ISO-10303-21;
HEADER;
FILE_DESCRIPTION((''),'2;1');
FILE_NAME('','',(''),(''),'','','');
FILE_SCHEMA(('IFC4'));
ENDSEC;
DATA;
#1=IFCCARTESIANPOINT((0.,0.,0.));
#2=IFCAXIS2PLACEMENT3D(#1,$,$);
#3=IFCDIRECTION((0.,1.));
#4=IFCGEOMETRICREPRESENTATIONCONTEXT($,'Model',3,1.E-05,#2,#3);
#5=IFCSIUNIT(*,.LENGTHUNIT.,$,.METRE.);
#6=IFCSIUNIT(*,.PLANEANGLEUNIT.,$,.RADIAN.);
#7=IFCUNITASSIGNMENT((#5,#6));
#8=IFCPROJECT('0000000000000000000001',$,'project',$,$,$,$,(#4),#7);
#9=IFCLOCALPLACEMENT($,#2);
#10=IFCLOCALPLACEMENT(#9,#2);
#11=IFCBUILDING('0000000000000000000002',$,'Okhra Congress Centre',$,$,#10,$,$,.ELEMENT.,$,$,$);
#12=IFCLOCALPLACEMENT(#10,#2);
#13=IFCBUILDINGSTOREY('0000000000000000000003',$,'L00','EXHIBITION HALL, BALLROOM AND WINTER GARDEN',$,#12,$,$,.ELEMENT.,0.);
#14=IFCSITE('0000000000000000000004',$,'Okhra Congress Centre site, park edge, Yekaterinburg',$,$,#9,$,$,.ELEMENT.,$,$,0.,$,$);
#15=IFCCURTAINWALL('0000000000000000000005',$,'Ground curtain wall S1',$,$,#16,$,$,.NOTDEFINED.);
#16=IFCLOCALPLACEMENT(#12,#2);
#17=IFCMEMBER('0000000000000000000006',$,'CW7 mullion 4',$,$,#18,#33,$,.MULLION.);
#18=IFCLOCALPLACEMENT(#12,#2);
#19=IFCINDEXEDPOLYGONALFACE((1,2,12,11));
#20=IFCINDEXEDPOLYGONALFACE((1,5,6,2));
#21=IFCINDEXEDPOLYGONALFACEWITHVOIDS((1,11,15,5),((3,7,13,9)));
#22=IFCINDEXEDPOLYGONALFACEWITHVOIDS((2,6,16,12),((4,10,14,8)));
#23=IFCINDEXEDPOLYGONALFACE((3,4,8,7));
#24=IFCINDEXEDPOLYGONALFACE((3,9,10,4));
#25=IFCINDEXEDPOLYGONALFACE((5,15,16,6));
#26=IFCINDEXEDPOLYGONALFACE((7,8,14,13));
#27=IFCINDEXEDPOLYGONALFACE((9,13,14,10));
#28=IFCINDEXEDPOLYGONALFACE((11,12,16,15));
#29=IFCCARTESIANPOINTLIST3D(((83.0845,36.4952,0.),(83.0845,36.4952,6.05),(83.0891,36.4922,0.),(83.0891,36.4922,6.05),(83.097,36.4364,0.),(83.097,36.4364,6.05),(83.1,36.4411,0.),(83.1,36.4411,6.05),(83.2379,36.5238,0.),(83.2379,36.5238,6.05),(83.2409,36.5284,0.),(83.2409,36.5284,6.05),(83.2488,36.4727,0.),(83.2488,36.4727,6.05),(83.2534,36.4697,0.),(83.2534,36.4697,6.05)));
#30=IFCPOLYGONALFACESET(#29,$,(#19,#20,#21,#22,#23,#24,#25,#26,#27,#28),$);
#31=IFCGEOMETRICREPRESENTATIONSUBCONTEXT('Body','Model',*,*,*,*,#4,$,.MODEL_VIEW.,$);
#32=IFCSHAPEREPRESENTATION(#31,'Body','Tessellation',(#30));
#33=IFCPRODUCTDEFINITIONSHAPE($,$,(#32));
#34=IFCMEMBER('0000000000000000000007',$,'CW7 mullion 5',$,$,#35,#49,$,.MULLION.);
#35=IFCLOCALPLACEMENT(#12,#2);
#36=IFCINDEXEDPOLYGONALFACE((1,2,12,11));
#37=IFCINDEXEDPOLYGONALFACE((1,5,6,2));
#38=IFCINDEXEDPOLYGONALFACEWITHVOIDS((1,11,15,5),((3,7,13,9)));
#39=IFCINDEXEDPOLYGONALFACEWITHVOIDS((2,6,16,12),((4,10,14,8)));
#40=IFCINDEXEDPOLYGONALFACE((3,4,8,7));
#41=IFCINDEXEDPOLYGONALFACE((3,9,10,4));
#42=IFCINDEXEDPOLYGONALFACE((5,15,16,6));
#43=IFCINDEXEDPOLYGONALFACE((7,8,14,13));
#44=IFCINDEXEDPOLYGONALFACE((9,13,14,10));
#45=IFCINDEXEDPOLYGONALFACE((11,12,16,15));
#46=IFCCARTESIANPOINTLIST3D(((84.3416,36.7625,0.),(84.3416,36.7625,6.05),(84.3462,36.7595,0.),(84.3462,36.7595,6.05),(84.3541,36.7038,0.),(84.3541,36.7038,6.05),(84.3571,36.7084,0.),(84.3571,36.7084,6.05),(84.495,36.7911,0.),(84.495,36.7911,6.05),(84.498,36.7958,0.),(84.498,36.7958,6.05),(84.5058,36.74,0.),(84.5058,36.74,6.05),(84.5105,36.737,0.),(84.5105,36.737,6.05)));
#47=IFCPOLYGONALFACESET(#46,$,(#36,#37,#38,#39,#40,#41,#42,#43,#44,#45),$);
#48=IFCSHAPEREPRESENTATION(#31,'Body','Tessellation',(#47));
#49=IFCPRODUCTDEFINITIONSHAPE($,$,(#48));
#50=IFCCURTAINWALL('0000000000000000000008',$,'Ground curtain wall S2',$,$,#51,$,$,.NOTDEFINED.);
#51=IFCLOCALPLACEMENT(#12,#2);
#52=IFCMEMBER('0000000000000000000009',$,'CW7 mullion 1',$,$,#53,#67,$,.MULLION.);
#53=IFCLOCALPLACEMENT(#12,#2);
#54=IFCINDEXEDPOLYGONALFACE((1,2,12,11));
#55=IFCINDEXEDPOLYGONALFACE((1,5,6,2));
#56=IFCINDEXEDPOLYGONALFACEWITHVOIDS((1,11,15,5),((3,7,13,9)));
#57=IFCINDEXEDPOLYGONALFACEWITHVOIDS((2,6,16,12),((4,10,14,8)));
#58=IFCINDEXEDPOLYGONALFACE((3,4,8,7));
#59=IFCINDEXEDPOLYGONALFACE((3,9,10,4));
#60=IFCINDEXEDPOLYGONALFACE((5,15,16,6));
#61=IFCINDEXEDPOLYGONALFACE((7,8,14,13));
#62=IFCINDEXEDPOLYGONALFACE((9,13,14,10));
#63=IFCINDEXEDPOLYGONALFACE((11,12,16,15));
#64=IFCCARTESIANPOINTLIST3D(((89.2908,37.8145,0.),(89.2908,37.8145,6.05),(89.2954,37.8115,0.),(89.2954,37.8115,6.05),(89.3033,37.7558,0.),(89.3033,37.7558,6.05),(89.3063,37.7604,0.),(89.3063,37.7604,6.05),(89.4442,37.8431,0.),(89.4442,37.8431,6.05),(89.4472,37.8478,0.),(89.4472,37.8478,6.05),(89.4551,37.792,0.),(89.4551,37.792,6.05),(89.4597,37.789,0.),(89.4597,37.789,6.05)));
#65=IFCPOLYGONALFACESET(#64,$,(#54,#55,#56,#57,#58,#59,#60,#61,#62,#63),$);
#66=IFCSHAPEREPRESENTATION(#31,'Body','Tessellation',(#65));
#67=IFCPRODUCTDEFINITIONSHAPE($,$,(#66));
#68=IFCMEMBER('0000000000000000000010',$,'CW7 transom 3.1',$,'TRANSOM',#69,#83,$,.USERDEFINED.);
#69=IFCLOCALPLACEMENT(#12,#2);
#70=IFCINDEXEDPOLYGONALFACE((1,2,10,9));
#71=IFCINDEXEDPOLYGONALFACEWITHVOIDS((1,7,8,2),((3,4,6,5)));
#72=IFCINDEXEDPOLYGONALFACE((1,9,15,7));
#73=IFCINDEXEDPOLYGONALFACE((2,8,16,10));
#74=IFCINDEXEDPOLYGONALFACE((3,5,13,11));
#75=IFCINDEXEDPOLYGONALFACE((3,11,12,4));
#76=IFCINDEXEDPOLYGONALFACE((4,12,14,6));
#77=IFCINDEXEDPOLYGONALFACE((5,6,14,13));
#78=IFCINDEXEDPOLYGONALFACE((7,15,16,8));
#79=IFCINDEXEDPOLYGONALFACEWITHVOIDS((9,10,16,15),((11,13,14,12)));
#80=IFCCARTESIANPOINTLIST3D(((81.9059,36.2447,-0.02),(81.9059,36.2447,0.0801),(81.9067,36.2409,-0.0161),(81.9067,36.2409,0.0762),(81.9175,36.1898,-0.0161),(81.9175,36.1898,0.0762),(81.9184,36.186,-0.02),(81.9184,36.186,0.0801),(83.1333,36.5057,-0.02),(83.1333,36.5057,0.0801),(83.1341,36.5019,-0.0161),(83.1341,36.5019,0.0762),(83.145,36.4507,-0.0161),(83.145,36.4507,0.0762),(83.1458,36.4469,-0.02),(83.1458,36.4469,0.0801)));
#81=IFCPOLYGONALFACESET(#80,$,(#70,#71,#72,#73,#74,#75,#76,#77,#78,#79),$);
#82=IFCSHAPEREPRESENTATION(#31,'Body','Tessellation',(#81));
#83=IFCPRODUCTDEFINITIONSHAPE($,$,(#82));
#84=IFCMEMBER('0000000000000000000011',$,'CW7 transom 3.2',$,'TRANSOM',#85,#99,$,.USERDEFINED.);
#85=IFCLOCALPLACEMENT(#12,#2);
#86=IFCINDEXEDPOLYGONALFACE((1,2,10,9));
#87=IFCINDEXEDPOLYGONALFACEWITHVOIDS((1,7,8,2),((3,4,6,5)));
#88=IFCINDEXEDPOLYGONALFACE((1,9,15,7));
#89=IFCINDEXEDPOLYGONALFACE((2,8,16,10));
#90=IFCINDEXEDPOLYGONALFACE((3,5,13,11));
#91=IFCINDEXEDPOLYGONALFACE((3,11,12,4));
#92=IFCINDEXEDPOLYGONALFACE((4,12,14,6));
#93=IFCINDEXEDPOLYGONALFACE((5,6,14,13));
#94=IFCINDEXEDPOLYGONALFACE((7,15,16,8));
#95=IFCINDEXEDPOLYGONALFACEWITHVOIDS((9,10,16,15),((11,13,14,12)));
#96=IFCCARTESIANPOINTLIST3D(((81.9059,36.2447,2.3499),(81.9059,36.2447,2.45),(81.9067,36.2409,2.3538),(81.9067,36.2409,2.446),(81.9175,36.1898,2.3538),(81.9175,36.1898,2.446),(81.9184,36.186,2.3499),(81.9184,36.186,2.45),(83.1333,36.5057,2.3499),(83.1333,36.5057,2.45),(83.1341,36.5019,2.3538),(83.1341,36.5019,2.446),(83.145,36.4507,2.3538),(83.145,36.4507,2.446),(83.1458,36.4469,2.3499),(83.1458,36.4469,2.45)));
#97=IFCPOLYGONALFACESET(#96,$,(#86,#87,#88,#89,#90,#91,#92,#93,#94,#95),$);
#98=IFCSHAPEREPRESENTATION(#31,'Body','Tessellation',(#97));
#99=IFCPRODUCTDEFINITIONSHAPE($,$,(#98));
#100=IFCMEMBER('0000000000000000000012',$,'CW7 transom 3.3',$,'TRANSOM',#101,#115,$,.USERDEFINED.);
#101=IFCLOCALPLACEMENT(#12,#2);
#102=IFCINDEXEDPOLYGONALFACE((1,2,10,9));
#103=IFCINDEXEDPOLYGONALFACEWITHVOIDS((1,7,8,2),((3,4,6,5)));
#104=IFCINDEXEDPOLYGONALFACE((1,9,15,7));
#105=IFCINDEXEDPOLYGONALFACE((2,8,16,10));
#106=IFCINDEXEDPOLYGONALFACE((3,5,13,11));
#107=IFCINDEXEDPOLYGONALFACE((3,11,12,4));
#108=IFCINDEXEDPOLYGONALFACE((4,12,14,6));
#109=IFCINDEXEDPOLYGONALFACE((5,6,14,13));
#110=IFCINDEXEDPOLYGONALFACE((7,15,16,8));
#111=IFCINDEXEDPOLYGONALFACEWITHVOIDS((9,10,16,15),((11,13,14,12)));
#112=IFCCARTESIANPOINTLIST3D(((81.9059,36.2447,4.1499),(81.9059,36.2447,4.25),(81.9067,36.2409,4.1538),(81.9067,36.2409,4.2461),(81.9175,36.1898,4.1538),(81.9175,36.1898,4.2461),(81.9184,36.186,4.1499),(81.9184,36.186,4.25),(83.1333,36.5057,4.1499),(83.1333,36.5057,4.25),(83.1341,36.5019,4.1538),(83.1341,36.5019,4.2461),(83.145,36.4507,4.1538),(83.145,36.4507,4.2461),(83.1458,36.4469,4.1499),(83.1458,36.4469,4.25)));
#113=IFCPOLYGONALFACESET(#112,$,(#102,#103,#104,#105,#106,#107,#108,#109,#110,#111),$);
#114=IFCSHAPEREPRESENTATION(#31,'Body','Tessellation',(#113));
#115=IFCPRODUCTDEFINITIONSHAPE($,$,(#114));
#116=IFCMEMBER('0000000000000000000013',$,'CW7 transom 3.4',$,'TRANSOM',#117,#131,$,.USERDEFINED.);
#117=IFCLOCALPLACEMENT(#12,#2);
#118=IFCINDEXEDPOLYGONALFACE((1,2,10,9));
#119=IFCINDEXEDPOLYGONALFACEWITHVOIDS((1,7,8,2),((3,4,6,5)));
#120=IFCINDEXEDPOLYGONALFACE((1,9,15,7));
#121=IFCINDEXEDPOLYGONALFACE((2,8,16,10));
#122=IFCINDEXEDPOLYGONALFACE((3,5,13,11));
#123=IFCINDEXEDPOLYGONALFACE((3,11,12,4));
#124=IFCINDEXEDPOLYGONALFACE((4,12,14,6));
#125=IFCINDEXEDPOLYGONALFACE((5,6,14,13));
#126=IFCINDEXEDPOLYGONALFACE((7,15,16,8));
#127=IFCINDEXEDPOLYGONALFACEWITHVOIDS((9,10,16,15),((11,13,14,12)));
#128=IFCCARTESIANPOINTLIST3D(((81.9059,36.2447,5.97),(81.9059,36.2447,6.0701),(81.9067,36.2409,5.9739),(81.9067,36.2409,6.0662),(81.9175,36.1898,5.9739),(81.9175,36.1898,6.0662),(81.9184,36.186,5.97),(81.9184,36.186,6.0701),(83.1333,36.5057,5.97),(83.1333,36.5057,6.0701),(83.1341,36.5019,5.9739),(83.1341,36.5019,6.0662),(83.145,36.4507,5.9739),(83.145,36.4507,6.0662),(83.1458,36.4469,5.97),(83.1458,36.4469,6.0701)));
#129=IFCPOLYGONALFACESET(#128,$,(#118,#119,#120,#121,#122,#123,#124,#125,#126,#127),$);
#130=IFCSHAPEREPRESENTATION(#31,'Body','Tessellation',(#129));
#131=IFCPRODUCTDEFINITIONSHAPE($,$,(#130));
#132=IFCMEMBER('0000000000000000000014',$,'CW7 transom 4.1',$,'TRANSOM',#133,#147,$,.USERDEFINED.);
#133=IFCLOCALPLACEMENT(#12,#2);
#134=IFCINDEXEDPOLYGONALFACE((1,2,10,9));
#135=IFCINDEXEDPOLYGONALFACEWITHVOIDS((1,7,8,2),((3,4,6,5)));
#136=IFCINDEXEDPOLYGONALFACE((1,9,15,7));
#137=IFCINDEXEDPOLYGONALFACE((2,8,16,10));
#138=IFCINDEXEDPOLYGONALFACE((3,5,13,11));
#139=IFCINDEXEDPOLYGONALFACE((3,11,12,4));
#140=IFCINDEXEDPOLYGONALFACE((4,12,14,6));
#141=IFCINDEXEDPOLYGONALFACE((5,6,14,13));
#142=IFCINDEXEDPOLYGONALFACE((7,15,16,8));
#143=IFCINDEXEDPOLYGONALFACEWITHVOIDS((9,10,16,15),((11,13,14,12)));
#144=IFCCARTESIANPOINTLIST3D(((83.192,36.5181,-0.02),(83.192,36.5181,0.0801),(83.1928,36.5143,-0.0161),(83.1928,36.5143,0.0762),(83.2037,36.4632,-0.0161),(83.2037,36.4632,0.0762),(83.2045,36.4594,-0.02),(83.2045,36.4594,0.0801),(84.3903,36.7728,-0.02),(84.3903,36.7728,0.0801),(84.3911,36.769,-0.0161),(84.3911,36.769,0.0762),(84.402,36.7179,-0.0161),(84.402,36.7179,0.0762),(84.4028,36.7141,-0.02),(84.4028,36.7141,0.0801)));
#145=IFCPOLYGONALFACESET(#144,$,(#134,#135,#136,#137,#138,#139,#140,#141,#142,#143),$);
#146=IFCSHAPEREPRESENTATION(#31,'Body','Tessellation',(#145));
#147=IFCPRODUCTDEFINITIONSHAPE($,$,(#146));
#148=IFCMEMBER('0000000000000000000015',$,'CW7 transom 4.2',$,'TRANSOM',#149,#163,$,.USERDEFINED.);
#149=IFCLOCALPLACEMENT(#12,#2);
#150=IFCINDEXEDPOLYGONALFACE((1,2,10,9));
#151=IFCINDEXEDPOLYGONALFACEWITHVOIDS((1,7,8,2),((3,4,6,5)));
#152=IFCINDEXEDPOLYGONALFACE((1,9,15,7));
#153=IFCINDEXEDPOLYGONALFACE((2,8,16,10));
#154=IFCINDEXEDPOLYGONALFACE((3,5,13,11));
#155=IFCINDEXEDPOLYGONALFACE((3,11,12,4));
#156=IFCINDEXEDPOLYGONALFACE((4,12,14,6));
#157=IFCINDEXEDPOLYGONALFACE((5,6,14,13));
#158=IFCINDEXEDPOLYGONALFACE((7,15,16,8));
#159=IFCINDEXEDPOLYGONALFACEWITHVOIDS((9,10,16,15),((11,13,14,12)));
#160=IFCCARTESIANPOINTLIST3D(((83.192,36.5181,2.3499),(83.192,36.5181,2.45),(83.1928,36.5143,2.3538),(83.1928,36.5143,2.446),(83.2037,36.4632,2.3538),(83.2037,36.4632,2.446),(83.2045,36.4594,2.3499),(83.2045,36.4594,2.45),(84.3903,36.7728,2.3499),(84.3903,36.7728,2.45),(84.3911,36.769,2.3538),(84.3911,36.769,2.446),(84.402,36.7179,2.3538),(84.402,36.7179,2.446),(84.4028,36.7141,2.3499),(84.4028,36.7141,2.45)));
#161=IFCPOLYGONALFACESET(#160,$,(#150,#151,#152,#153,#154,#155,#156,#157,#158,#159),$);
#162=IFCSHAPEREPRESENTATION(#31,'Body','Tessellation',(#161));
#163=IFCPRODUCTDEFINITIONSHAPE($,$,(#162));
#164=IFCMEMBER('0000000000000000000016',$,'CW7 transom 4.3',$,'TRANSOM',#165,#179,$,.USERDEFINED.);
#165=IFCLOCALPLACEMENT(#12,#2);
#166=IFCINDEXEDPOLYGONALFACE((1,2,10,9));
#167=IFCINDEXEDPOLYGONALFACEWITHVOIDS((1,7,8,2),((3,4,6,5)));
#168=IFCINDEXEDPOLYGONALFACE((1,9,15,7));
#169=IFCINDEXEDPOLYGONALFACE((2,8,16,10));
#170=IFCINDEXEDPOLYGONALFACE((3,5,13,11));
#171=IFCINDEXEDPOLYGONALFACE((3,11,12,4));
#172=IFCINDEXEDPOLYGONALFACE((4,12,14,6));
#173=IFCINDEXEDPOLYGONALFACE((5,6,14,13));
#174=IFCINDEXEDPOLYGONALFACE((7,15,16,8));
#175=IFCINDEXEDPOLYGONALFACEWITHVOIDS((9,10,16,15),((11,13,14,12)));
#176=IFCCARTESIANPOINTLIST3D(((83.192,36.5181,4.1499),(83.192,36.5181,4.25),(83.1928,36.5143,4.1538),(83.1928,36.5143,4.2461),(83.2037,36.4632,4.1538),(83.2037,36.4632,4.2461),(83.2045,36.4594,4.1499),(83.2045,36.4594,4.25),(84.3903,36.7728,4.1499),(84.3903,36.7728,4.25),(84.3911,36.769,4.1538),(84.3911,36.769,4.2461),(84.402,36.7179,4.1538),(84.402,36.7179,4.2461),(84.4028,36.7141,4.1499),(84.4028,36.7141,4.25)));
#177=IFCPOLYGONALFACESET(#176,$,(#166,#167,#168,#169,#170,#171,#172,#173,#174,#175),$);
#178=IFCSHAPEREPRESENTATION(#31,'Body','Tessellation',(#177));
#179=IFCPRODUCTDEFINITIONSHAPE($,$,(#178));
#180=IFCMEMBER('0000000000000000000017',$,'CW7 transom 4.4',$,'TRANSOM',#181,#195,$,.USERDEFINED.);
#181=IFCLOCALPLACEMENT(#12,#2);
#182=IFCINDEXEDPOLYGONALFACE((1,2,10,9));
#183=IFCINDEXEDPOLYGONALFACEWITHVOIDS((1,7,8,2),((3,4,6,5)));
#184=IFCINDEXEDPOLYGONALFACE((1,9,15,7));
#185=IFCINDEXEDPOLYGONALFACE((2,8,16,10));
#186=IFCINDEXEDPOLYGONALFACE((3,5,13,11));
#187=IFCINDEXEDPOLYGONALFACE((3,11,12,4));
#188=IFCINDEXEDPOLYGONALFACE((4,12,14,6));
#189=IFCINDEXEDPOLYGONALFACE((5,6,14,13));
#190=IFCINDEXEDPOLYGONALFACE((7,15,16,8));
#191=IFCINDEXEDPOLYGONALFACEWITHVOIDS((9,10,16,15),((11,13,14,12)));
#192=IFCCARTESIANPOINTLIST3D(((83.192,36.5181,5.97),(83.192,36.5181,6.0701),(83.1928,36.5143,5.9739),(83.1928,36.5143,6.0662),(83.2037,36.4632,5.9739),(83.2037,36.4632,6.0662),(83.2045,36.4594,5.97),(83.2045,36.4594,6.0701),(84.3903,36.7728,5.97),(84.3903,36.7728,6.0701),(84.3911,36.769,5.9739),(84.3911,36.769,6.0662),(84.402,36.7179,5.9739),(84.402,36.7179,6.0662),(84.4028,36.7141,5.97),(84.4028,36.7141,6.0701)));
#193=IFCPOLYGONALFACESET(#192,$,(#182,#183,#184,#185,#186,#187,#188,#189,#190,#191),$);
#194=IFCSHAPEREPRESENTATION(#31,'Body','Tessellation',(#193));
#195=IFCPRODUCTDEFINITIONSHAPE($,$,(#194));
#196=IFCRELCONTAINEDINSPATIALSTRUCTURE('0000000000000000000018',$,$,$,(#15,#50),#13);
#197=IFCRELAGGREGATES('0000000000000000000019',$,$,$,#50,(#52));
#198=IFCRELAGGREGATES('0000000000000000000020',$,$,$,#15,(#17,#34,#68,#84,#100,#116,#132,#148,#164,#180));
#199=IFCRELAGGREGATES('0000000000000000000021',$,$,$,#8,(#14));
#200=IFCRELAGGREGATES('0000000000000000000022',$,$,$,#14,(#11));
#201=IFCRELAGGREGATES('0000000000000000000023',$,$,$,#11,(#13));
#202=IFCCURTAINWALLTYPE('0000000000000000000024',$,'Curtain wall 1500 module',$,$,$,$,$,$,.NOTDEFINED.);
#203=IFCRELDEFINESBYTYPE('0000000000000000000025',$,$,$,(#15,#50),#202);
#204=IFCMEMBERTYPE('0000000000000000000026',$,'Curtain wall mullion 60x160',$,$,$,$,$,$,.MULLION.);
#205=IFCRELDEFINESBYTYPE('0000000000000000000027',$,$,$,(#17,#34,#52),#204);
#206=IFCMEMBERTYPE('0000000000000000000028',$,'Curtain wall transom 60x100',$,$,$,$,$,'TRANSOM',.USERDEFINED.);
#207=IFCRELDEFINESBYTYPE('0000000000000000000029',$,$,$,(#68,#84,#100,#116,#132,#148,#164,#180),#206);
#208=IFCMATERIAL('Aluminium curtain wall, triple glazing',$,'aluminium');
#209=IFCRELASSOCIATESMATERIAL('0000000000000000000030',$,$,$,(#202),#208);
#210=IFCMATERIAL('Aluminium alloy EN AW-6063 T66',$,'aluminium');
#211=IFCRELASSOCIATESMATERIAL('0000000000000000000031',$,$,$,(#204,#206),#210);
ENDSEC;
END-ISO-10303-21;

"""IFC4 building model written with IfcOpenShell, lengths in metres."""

from ifc_helpers import new_model, si_unit, direction, frame, origin, origin_2d, place, context, subcontext, project, spatial, hollow_rectangle, extrude, material, material_profile, profile_set, type_object, element, aggregate, save


model = new_model("IFC4")

# Units and contexts
model_context = context("Model", 3, precision=1e-05, world=origin(), true_north=direction((0.0, 1.0)))
body_context = subcontext(model_context, "Body", "Model", "MODEL_VIEW")
ifc_project = project(units=[si_unit("LENGTHUNIT", "METRE"), si_unit("PLANEANGLEUNIT", "RADIAN")], contexts=[model_context])

# Site, building, storey
site_placement = place(None, origin())
site = spatial("IfcSite", under=ifc_project, at=site_placement, Name="Okhra Congress Centre site, park edge, Yekaterinburg", CompositionType="ELEMENT", RefElevation=0.0)
building_placement = place(site_placement, origin())
building = spatial("IfcBuilding", under=site, at=building_placement, Name="Okhra Congress Centre", CompositionType="ELEMENT")
storey_placement = place(building_placement, origin())
storey = spatial("IfcBuildingStorey", under=building, at=storey_placement, Name="L00", Description="EXHIBITION HALL, BALLROOM AND WINTER GARDEN", CompositionType="ELEMENT", Elevation=0.0)

# Curtain wall, members
ifc_material_1 = material(Name="Aluminium curtain wall, triple glazing", Category="aluminium")
curtain_wall_type = type_object("IfcCurtainWallType", Name="Curtain wall 1500 module", PredefinedType="NOTDEFINED", material=ifc_material_1)
curtain_wall_1_placement = place(storey_placement, origin())
curtain_wall_1 = element("IfcCurtainWall", 1, at=curtain_wall_1_placement, inside=storey, type_object=curtain_wall_type, Name="Ground curtain wall S1", PredefinedType="NOTDEFINED")
ifc_material_2 = material(Name="Aluminium alloy EN AW-6063 T66", Category="aluminium")
ifc_material_profile_1 = material_profile(ifc_material_2, hollow_rectangle(XDim=0.0601, YDim=0.1599, WallThickness=0.0039, at=origin_2d()), Name="RHS 60x160x4")
ifc_profile_set_1 = profile_set([ifc_material_profile_1], Name="Aluminium alloy EN AW-6063 T66")
member_type_1 = type_object("IfcMemberType", Name="Curtain wall mullion 60x160", PredefinedType="MULLION", material=ifc_profile_set_1)
member_1_placement = place(storey_placement, frame((83.1689, 36.4824, 0.0), z_axis=(0.0, 0.0, 1.0), x_axis=(-0.207912, 0.978148, 0.0)))
member_1 = element("IfcMember", 2, at=member_1_placement, type_object=member_type_1, Name="CW7 mullion 4", PredefinedType="MULLION", context=body_context, shape_type="SweptSolid", body=[
    extrude(hollow_rectangle(XDim=0.0601, YDim=0.1599, WallThickness=0.0039, at=origin_2d()), origin(), (0.0, 0.0, 1.0), 6.05),
])
member_2_placement = place(storey_placement, frame((84.426, 36.7498, 0.0), z_axis=(0.0, 0.0, 1.0), x_axis=(-0.207912, 0.978148, 0.0)))
member_2 = element("IfcMember", 3, at=member_2_placement, type_object=member_type_1, Name="CW7 mullion 5", PredefinedType="MULLION", context=body_context, shape_type="SweptSolid", body=[
    extrude(hollow_rectangle(XDim=0.0601, YDim=0.1599, WallThickness=0.0039, at=origin_2d()), origin(), (0.0, 0.0, 1.0), 6.05),
])

# Curtain wall, member
curtain_wall_2_placement = place(storey_placement, origin())
curtain_wall_2 = element("IfcCurtainWall", 4, at=curtain_wall_2_placement, inside=storey, type_object=curtain_wall_type, Name="Ground curtain wall S2", PredefinedType="NOTDEFINED")
member_3_placement = place(storey_placement, frame((89.3752, 37.8018, 0.0), z_axis=(0.0, 0.0, 1.0), x_axis=(-0.207912, 0.978148, 0.0)))
member_3 = element("IfcMember", 5, at=member_3_placement, type_object=member_type_1, Name="CW7 mullion 1", PredefinedType="MULLION", context=body_context, shape_type="SweptSolid", body=[
    extrude(hollow_rectangle(XDim=0.0601, YDim=0.1599, WallThickness=0.0039, at=origin_2d()), origin(), (0.0, 0.0, 1.0), 6.05),
])

# Members
ifc_material_profile_2 = material_profile(ifc_material_2, hollow_rectangle(XDim=0.0601, YDim=0.1001, WallThickness=0.0039, at=origin_2d()), Name="RHS 60x100x4")
ifc_profile_set_2 = profile_set([ifc_material_profile_2], Name="Aluminium alloy EN AW-6063 T66")
member_type_2 = type_object("IfcMemberType", Name="Curtain wall transom 60x100", ElementType="TRANSOM", PredefinedType="USERDEFINED", material=ifc_profile_set_2)
member_4_placement = place(storey_placement, frame((81.9121, 36.2153, 0.03), z_axis=(0.978137, 0.207961, 0.0), x_axis=(-0.207961, 0.978137, 0.0)))
member_4 = element("IfcMember", 6, at=member_4_placement, type_object=member_type_2, Name="CW7 transom 3.1", ObjectType="TRANSOM", PredefinedType="USERDEFINED", context=body_context, shape_type="SweptSolid", body=[
    extrude(hollow_rectangle(XDim=0.0601, YDim=0.1001, WallThickness=0.0039, at=origin_2d()), origin(), (0.0, 0.0, 1.0), 1.2549),
])
member_5_placement = place(storey_placement, frame((81.9121, 36.2153, 2.3999), z_axis=(0.978137, 0.207961, 0.0), x_axis=(-0.207961, 0.978137, 0.0)))
member_5 = element("IfcMember", 7, at=member_5_placement, type_object=member_type_2, Name="CW7 transom 3.2", ObjectType="TRANSOM", PredefinedType="USERDEFINED", context=body_context, shape_type="SweptSolid", body=[
    extrude(hollow_rectangle(XDim=0.0601, YDim=0.1001, WallThickness=0.0039, at=origin_2d()), origin(), (0.0, 0.0, 1.0), 1.2549),
])
member_6_placement = place(storey_placement, frame((81.9121, 36.2153, 4.2), z_axis=(0.978137, 0.207961, 0.0), x_axis=(-0.207961, 0.978137, 0.0)))
member_6 = element("IfcMember", 8, at=member_6_placement, type_object=member_type_2, Name="CW7 transom 3.3", ObjectType="TRANSOM", PredefinedType="USERDEFINED", context=body_context, shape_type="SweptSolid", body=[
    extrude(hollow_rectangle(XDim=0.0601, YDim=0.1001, WallThickness=0.0039, at=origin_2d()), origin(), (0.0, 0.0, 1.0), 1.2549),
])
member_7_placement = place(storey_placement, frame((81.9121, 36.2153, 6.02), z_axis=(0.978137, 0.207961, 0.0), x_axis=(-0.207961, 0.978137, 0.0)))
member_7 = element("IfcMember", 9, at=member_7_placement, type_object=member_type_2, Name="CW7 transom 3.4", ObjectType="TRANSOM", PredefinedType="USERDEFINED", context=body_context, shape_type="SweptSolid", body=[
    extrude(hollow_rectangle(XDim=0.0601, YDim=0.1001, WallThickness=0.0039, at=origin_2d()), origin(), (0.0, 0.0, 1.0), 1.2549),
])
member_8_placement = place(storey_placement, frame((83.1982, 36.4888, 0.03), z_axis=(0.978157, 0.207868, 0.0), x_axis=(-0.207868, 0.978157, 0.0)))
member_8 = element("IfcMember", 10, at=member_8_placement, type_object=member_type_2, Name="CW7 transom 4.1", ObjectType="TRANSOM", PredefinedType="USERDEFINED", context=body_context, shape_type="SweptSolid", body=[
    extrude(hollow_rectangle(XDim=0.0601, YDim=0.1001, WallThickness=0.0039, at=origin_2d()), origin(), (0.0, 0.0, 1.0), 1.2251),
])
member_9_placement = place(storey_placement, frame((83.1982, 36.4888, 2.3999), z_axis=(0.978157, 0.207868, 0.0), x_axis=(-0.207868, 0.978157, 0.0)))
member_9 = element("IfcMember", 11, at=member_9_placement, type_object=member_type_2, Name="CW7 transom 4.2", ObjectType="TRANSOM", PredefinedType="USERDEFINED", context=body_context, shape_type="SweptSolid", body=[
    extrude(hollow_rectangle(XDim=0.0601, YDim=0.1001, WallThickness=0.0039, at=origin_2d()), origin(), (0.0, 0.0, 1.0), 1.2251),
])
member_10_placement = place(storey_placement, frame((83.1982, 36.4888, 4.2), z_axis=(0.978157, 0.207868, 0.0), x_axis=(-0.207868, 0.978157, 0.0)))
member_10 = element("IfcMember", 12, at=member_10_placement, type_object=member_type_2, Name="CW7 transom 4.3", ObjectType="TRANSOM", PredefinedType="USERDEFINED", context=body_context, shape_type="SweptSolid", body=[
    extrude(hollow_rectangle(XDim=0.0601, YDim=0.1001, WallThickness=0.0039, at=origin_2d()), origin(), (0.0, 0.0, 1.0), 1.2251),
])
member_11_placement = place(storey_placement, frame((83.1982, 36.4888, 6.02), z_axis=(0.978157, 0.207868, 0.0), x_axis=(-0.207868, 0.978157, 0.0)))
member_11 = element("IfcMember", 13, at=member_11_placement, type_object=member_type_2, Name="CW7 transom 4.4", ObjectType="TRANSOM", PredefinedType="USERDEFINED", context=body_context, shape_type="SweptSolid", body=[
    extrude(hollow_rectangle(XDim=0.0601, YDim=0.1001, WallThickness=0.0039, at=origin_2d()), origin(), (0.0, 0.0, 1.0), 1.2251),
])
aggregate(curtain_wall_2, [member_3])

aggregate(curtain_wall_1, [member_1, member_2, member_4, member_5, member_6, member_7, member_8, member_9, member_10, member_11])

save(model, "model.ifc")
